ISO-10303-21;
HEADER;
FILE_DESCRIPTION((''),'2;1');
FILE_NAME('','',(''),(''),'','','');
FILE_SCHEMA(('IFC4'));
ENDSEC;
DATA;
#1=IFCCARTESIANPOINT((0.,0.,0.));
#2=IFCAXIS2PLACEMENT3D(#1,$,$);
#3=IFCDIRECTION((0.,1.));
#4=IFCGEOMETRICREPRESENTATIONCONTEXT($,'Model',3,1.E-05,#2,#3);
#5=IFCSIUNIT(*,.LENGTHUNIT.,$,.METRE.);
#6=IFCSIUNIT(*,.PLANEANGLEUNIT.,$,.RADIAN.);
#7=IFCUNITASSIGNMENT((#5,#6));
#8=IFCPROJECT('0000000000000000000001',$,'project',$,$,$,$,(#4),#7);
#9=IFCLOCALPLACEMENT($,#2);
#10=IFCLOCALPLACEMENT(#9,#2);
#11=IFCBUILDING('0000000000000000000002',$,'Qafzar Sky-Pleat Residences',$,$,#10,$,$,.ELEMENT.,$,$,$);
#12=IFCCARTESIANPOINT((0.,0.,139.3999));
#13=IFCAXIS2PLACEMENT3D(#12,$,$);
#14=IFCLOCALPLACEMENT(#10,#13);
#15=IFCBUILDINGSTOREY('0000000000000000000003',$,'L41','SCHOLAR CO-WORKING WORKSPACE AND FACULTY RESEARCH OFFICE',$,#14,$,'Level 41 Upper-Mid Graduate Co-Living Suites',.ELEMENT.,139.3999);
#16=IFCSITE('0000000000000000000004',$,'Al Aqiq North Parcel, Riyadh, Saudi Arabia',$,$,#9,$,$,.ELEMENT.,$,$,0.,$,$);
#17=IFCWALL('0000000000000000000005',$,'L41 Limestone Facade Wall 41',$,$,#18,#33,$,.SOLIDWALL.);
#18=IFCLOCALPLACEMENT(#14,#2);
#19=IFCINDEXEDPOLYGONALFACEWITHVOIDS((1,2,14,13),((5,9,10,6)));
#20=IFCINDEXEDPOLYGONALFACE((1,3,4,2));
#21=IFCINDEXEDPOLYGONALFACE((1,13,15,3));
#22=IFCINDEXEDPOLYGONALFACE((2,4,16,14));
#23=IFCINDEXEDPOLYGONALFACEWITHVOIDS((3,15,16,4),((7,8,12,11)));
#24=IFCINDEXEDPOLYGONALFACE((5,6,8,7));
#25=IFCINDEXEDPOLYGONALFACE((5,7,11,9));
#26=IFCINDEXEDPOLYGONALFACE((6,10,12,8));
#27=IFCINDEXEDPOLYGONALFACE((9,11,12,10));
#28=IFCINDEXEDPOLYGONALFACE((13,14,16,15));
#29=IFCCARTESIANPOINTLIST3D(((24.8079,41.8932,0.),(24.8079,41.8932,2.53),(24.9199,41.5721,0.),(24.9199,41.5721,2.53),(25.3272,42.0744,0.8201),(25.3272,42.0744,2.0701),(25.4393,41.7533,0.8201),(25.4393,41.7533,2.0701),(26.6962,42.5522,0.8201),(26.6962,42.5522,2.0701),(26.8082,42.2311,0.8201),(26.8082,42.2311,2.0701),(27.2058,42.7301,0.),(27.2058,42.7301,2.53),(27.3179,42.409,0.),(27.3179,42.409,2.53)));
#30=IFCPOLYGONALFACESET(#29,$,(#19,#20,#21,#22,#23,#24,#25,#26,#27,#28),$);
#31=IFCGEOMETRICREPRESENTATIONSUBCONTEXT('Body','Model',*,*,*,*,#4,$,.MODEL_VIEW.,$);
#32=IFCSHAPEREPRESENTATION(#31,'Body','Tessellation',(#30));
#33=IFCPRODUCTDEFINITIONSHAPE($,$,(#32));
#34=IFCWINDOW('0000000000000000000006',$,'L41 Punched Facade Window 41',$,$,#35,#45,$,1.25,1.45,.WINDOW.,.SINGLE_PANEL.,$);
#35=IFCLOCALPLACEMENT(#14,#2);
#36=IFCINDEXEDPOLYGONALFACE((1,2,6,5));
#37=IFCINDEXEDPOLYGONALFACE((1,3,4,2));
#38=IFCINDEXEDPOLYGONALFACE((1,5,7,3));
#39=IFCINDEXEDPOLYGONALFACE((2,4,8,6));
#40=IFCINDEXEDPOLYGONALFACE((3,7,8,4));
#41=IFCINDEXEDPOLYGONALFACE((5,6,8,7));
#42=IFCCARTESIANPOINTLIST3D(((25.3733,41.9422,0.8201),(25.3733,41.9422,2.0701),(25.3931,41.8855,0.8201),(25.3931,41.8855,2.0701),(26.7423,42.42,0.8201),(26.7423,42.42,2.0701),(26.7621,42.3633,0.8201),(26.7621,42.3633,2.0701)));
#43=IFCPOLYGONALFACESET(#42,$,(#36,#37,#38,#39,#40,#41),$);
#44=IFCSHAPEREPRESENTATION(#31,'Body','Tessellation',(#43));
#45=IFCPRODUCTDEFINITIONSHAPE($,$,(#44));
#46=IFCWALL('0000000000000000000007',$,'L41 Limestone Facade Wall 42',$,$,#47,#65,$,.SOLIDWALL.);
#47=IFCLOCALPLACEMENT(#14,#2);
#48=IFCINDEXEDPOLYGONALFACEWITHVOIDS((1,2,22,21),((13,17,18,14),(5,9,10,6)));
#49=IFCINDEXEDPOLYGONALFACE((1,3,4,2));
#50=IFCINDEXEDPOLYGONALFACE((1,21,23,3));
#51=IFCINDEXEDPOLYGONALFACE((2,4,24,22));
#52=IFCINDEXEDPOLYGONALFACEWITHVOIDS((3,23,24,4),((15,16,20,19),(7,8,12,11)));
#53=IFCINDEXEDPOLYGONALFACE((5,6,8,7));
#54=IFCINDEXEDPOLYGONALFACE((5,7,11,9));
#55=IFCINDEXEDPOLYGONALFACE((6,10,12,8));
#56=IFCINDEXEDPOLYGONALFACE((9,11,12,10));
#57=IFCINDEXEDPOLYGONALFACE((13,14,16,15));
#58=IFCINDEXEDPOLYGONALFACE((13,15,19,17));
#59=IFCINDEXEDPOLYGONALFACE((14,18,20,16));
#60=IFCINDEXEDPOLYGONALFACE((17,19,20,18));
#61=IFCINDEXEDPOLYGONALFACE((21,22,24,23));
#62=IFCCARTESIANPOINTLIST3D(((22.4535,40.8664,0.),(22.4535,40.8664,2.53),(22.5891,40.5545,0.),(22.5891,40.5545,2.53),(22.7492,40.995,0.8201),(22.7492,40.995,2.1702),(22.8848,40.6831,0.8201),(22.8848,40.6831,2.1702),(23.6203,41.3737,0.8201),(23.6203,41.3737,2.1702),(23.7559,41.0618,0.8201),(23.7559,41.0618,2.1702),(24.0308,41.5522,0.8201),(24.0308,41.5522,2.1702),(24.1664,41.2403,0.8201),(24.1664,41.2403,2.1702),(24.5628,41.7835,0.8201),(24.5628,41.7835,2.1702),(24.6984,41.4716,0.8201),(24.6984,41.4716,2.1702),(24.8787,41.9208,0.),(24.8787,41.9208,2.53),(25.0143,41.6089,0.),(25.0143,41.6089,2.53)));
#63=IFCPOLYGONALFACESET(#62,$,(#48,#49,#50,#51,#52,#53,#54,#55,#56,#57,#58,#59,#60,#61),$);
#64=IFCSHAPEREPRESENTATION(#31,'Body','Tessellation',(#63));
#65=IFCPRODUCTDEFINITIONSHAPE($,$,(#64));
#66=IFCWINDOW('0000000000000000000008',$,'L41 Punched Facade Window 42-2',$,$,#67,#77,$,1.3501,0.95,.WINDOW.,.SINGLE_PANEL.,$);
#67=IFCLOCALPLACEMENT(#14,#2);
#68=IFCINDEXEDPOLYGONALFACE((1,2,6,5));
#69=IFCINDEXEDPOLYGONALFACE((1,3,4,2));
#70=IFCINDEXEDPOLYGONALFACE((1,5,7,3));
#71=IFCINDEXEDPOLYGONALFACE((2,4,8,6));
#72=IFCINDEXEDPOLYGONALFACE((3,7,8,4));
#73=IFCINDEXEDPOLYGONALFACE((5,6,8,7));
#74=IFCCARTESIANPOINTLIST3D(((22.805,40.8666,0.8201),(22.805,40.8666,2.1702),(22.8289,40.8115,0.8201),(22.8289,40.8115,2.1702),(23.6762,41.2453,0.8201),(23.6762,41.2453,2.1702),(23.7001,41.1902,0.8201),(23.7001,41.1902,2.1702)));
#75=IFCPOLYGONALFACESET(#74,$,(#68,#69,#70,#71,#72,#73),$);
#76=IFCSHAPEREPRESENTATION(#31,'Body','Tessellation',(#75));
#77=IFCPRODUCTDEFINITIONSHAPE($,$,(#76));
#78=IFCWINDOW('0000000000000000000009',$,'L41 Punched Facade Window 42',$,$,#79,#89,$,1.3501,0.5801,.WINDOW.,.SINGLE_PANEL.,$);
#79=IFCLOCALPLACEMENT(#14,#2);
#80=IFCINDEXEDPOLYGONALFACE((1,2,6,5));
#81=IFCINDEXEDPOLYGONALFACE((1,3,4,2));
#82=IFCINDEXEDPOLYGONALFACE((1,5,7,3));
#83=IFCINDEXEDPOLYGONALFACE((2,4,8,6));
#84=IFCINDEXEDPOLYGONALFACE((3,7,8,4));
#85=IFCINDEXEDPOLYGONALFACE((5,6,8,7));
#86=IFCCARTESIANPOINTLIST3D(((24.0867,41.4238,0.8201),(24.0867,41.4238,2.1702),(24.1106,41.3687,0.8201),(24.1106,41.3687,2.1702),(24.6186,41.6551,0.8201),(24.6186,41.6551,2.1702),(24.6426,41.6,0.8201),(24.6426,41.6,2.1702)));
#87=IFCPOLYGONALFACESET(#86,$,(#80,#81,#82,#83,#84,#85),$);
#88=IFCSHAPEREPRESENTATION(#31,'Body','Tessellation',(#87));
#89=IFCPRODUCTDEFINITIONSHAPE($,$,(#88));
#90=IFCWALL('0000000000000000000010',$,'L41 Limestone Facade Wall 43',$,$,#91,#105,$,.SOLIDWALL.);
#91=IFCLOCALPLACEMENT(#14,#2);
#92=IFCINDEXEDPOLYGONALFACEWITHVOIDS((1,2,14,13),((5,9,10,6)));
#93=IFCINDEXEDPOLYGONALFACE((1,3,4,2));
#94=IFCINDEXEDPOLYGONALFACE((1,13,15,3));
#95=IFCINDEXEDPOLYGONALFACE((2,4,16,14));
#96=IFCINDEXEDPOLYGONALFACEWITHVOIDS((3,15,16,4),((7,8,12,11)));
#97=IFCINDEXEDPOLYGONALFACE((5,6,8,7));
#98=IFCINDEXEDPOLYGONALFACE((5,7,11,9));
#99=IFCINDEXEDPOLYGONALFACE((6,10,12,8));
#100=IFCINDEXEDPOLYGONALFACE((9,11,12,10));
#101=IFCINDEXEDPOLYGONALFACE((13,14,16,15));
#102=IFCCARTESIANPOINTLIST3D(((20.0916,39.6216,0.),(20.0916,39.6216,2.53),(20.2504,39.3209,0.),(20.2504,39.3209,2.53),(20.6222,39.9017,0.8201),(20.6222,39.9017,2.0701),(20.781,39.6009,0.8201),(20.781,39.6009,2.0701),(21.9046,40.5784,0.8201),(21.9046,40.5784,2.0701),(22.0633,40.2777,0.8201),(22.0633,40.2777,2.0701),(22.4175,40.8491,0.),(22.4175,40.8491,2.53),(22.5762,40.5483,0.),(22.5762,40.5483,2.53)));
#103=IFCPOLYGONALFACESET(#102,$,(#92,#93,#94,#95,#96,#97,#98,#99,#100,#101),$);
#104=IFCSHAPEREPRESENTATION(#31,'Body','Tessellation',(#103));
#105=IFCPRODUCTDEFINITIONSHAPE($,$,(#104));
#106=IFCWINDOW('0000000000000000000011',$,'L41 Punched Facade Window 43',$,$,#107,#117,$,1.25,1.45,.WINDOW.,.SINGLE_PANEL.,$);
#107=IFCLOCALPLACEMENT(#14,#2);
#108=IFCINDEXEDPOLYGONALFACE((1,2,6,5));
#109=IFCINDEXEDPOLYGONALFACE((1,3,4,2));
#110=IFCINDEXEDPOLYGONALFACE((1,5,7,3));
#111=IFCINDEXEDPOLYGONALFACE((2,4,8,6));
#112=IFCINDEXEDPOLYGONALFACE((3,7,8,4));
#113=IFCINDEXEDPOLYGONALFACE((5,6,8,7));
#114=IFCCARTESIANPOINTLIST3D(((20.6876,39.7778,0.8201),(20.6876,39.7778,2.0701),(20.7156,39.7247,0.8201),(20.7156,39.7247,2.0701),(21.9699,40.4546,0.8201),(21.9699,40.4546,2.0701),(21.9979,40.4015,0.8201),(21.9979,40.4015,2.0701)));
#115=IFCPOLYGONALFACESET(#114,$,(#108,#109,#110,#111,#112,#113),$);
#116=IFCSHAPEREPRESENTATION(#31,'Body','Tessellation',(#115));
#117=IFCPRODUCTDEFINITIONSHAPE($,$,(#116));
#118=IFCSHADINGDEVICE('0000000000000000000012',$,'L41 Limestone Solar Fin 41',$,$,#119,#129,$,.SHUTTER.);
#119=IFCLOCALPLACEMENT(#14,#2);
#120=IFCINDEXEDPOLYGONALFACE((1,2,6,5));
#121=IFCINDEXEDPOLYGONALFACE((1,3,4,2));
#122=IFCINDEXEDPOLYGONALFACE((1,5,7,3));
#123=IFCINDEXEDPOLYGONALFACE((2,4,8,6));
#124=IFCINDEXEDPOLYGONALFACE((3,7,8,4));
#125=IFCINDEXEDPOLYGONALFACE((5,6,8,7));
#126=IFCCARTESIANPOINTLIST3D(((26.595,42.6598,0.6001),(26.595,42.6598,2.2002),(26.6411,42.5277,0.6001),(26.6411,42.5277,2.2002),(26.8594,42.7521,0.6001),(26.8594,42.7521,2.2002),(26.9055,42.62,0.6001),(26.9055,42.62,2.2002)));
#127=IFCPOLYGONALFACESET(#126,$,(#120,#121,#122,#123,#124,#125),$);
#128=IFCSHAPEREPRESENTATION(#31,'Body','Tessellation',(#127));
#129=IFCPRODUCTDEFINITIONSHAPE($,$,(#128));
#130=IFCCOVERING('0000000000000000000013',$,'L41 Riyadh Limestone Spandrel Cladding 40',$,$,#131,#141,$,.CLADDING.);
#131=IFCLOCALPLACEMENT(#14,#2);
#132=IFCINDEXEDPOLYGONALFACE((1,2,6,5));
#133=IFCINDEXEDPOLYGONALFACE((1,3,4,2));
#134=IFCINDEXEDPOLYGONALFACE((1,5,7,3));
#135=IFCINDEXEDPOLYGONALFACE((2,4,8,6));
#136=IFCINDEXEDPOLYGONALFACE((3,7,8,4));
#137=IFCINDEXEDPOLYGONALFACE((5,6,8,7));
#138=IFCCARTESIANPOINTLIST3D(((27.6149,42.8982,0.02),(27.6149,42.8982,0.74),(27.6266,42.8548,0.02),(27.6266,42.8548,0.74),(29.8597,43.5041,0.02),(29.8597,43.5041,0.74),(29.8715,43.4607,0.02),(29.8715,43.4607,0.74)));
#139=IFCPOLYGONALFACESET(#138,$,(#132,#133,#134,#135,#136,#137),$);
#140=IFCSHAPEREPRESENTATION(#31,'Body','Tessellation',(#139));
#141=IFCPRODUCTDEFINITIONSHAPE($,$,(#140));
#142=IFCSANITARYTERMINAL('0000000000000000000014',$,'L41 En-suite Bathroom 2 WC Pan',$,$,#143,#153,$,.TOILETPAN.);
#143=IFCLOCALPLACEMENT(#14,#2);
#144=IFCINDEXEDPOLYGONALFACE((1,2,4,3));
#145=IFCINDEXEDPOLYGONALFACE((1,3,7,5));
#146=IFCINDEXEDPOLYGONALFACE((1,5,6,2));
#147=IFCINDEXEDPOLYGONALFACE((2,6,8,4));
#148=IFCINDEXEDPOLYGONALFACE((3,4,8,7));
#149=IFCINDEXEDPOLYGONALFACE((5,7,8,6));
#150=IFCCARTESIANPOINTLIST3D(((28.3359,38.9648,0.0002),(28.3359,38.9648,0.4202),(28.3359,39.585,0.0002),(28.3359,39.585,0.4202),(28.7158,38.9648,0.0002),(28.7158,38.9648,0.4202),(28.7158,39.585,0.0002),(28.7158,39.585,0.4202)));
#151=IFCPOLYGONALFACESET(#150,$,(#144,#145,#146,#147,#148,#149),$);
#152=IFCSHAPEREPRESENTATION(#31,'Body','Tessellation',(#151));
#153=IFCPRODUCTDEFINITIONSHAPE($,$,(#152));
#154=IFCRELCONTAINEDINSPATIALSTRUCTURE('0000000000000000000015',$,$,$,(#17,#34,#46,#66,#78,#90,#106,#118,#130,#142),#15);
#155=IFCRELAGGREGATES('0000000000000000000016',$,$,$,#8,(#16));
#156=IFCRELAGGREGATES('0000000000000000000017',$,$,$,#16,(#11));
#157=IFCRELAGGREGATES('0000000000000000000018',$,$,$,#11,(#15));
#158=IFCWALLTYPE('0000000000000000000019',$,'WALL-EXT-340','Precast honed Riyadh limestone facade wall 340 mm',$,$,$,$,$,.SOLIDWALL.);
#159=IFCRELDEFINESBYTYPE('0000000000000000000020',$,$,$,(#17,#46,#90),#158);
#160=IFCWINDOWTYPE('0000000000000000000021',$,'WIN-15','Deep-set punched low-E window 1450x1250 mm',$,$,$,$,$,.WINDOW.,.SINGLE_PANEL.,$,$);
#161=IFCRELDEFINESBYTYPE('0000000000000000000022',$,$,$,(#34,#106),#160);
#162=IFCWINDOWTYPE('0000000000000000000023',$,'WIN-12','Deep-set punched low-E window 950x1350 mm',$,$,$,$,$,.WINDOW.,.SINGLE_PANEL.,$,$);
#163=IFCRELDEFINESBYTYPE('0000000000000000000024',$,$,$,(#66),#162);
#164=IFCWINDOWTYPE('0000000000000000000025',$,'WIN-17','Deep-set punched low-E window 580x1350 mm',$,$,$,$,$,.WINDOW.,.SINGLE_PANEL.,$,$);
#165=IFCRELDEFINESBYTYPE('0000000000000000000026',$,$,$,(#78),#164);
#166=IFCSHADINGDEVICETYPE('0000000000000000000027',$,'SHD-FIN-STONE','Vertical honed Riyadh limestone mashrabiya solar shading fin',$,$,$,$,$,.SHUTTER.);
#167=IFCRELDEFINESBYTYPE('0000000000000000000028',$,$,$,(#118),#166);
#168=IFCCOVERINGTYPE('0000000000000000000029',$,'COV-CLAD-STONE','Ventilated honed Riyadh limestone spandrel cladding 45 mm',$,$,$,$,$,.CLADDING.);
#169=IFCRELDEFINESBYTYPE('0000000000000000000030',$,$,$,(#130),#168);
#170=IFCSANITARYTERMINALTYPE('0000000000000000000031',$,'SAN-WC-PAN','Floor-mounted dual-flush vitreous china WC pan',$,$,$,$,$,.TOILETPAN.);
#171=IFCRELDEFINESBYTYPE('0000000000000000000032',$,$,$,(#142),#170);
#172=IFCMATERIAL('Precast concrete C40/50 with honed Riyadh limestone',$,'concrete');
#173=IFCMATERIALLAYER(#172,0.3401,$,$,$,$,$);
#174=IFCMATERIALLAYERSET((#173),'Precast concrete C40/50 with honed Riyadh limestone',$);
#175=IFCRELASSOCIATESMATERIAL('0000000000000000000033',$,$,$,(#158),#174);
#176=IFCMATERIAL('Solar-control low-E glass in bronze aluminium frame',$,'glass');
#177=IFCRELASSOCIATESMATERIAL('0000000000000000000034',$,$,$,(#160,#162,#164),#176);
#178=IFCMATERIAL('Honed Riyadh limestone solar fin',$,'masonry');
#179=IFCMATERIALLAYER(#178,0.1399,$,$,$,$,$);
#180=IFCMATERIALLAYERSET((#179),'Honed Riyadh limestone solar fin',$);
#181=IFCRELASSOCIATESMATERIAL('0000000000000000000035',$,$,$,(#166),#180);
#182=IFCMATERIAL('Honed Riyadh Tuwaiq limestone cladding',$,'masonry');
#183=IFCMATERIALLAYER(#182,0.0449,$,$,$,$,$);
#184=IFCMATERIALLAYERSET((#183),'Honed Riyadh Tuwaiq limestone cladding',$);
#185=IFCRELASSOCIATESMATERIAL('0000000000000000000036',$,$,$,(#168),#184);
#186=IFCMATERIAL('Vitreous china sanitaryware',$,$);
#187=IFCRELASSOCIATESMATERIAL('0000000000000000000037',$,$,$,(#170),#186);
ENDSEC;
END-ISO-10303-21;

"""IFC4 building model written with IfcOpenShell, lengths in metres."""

from ifc_helpers import new_model, si_unit, direction, frame, frame_2d, origin, origin_2d, place, context, subcontext, project, spatial, rectangle, extrude, source, transform, mapped, material, layer, layer_set, type_object, element, fill, save


model = new_model("IFC4")

# Units and contexts
model_context = context("Model", 3, precision=1e-05, world=origin(), true_north=direction((0.0, 1.0)))
body_context = subcontext(model_context, "Body", "Model", "MODEL_VIEW")
ifc_project = project(units=[si_unit("LENGTHUNIT", "METRE"), si_unit("PLANEANGLEUNIT", "RADIAN")], contexts=[model_context])

# Site, building, storey
site_placement = place(None, origin())
site = spatial("IfcSite", under=ifc_project, at=site_placement, Name="Al Aqiq North Parcel, Riyadh, Saudi Arabia", CompositionType="ELEMENT", RefElevation=0.0)
building_placement = place(site_placement, origin())
building = spatial("IfcBuilding", under=site, at=building_placement, Name="Qafzar Sky-Pleat Residences", CompositionType="ELEMENT")
storey_placement = place(building_placement, frame((0.0, 0.0, 139.3999)))
storey = spatial("IfcBuildingStorey", under=building, at=storey_placement, Name="L41", Description="SCHOLAR CO-WORKING WORKSPACE AND FACULTY RESEARCH OFFICE", LongName="Level 41 Upper-Mid Graduate Co-Living Suites", CompositionType="ELEMENT", Elevation=139.3999)

# Wall, opening, window
ifc_material_1 = material(Name="Precast concrete C40/50 with honed Riyadh limestone", Category="concrete")
ifc_layer_1 = layer(ifc_material_1, 0.3401)
ifc_layer_set_1 = layer_set([ifc_layer_1], Name="Precast concrete C40/50 with honed Riyadh limestone")
wall_type_1 = type_object("IfcWallType", Name="WALL-EXT-340", Description="Precast honed Riyadh limestone facade wall 340 mm", PredefinedType="SOLIDWALL", material=ifc_layer_set_1)
wall_1_placement = place(storey_placement, frame((27.262, 42.5696, 0.0), z_axis=(0.0, 0.0, 1.0), x_axis=(-0.944149, -0.32952, 0.0)))
wall_1 = element("IfcWall", 1, at=wall_1_placement, inside=storey, type_object=wall_type_1, Name="L41 Limestone Facade Wall 41", PredefinedType="SOLIDWALL", context=body_context, shape_type="SweptSolid", body=[
    extrude(rectangle(XDim=2.5398, YDim=0.3401, at=frame_2d((1.27, 0.0))), origin(), (0.0, 0.0, 1.0), 2.53),
])
opening_1_placement = place(wall_1_placement, frame((0.5398, 0.0, 0.8201)))
opening_1 = element("IfcOpeningElement", 2, at=opening_1_placement, cuts=wall_1, PredefinedType="OPENING", context=body_context, shape_type="SweptSolid", body=[
    extrude(rectangle(XDim=1.45, YDim=1.25, at=frame_2d((0.7251, 0.625))), frame((0.0, 0.1802, 0.0), z_axis=(0.0, -1.0, 0.0), x_axis=(1.0, 0.0, 0.0)), (0.0, 0.0, 1.0), 0.3601),
])
ifc_material_2 = material(Name="Solar-control low-E glass in bronze aluminium frame", Category="glass")
window_type_1 = type_object("IfcWindowType", Name="WIN-15", Description="Deep-set punched low-E window 1450x1250 mm", PartitioningType="SINGLE_PANEL", PredefinedType="WINDOW", material=ifc_material_2)
shared_shape_1 = source(origin(), body_context, "Body", "SweptSolid", [
    extrude(rectangle(XDim=1.45, YDim=1.25, at=frame_2d((0.7251, 0.625))), frame((0.0, 0.03, 0.0), z_axis=(0.0, -1.0, 0.0), x_axis=(1.0, 0.0, 0.0)), (0.0, 0.0, 1.0), 0.0601),
])
window_1_placement = place(opening_1_placement, origin())
window_1 = element("IfcWindow", 3, at=window_1_placement, inside=storey, type_object=window_type_1, Name="L41 Punched Facade Window 41", OverallHeight=1.25, OverallWidth=1.45, PartitioningType="SINGLE_PANEL", PredefinedType="WINDOW", context=body_context, shape_type="MappedRepresentation", body=[
    mapped(shared_shape_1, transform((0.0, 0.0, 0.0), x_axis=(1.0, 0.0, 0.0), y_axis=(0.0, 1.0, 0.0), z_axis=(0.0, 0.0, 1.0), scale=1.0)),
])
fill(opening_1, window_1)

# Wall, openings, windows
wall_2_placement = place(storey_placement, frame((24.9465, 41.7649, 0.0), z_axis=(0.0, 0.0, 1.0), x_axis=(-0.917074, -0.398716, 0.0)))
wall_2 = element("IfcWall", 4, at=wall_2_placement, inside=storey, type_object=wall_type_1, Name="L41 Limestone Facade Wall 42", PredefinedType="SOLIDWALL", context=body_context, shape_type="SweptSolid", body=[
    extrude(rectangle(XDim=2.6445, YDim=0.3401, at=frame_2d((1.3223, 0.0))), origin(), (0.0, 0.0, 1.0), 2.53),
])
opening_2_placement = place(wall_2_placement, frame((0.3445, 0.0, 0.8201)))
opening_2 = element("IfcOpeningElement", 5, at=opening_2_placement, cuts=wall_2, PredefinedType="OPENING", context=body_context, shape_type="SweptSolid", body=[
    extrude(rectangle(XDim=0.5801, YDim=1.3501, at=frame_2d((0.29, 0.675))), frame((0.0, 0.1802, 0.0), z_axis=(0.0, -1.0, 0.0), x_axis=(1.0, 0.0, 0.0)), (0.0, 0.0, 1.0), 0.3601),
])
opening_3_placement = place(wall_2_placement, frame((1.3721, 0.0, 0.8201)))
opening_3 = element("IfcOpeningElement", 6, at=opening_3_placement, cuts=wall_2, PredefinedType="OPENING", context=body_context, shape_type="SweptSolid", body=[
    extrude(rectangle(XDim=0.95, YDim=1.3501, at=frame_2d((0.4751, 0.675))), frame((0.0, 0.1802, 0.0), z_axis=(0.0, -1.0, 0.0), x_axis=(1.0, 0.0, 0.0)), (0.0, 0.0, 1.0), 0.3601),
])
window_type_2 = type_object("IfcWindowType", Name="WIN-12", Description="Deep-set punched low-E window 950x1350 mm", PartitioningType="SINGLE_PANEL", PredefinedType="WINDOW", material=ifc_material_2)
shared_shape_2 = source(origin(), body_context, "Body", "SweptSolid", [
    extrude(rectangle(XDim=0.95, YDim=1.3501, at=frame_2d((0.4751, 0.675))), frame((0.0, 0.03, 0.0), z_axis=(0.0, -1.0, 0.0), x_axis=(1.0, 0.0, 0.0)), (0.0, 0.0, 1.0), 0.0601),
])
window_2_placement = place(opening_3_placement, origin())
window_2 = element("IfcWindow", 7, at=window_2_placement, inside=storey, type_object=window_type_2, Name="L41 Punched Facade Window 42-2", OverallHeight=1.3501, OverallWidth=0.95, PartitioningType="SINGLE_PANEL", PredefinedType="WINDOW", context=body_context, shape_type="MappedRepresentation", body=[
    mapped(shared_shape_2, transform((0.0, 0.0, 0.0), x_axis=(1.0, 0.0, 0.0), y_axis=(0.0, 1.0, 0.0), z_axis=(0.0, 0.0, 1.0), scale=1.0)),
])
fill(opening_3, window_2)
window_type_3 = type_object("IfcWindowType", Name="WIN-17", Description="Deep-set punched low-E window 580x1350 mm", PartitioningType="SINGLE_PANEL", PredefinedType="WINDOW", material=ifc_material_2)
shared_shape_3 = source(origin(), body_context, "Body", "SweptSolid", [
    extrude(rectangle(XDim=0.5801, YDim=1.3501, at=frame_2d((0.29, 0.675))), frame((0.0, 0.03, 0.0), z_axis=(0.0, -1.0, 0.0), x_axis=(1.0, 0.0, 0.0)), (0.0, 0.0, 1.0), 0.0601),
])
window_3_placement = place(opening_2_placement, origin())
window_3 = element("IfcWindow", 8, at=window_3_placement, inside=storey, type_object=window_type_3, Name="L41 Punched Facade Window 42", OverallHeight=1.3501, OverallWidth=0.5801, PartitioningType="SINGLE_PANEL", PredefinedType="WINDOW", context=body_context, shape_type="MappedRepresentation", body=[
    mapped(shared_shape_3, transform((0.0, 0.0, 0.0), x_axis=(1.0, 0.0, 0.0), y_axis=(0.0, 1.0, 0.0), z_axis=(0.0, 0.0, 1.0), scale=1.0)),
])
fill(opening_2, window_3)

# Wall, opening, window
wall_3_placement = place(storey_placement, frame((22.4968, 40.6987, 0.0), z_axis=(0.0, 0.0, 1.0), x_axis=(-0.88439, -0.466749, 0.0)))
wall_3 = element("IfcWall", 9, at=wall_3_placement, inside=storey, type_object=wall_type_1, Name="L41 Limestone Facade Wall 43", PredefinedType="SOLIDWALL", context=body_context, shape_type="SweptSolid", body=[
    extrude(rectangle(XDim=2.6299, YDim=0.3401, at=frame_2d((1.3149, 0.0))), origin(), (0.0, 0.0, 1.0), 2.53),
])
opening_4_placement = place(wall_3_placement, frame((0.5798, 0.0, 0.8201)))
opening_4 = element("IfcOpeningElement", 10, at=opening_4_placement, cuts=wall_3, PredefinedType="OPENING", context=body_context, shape_type="SweptSolid", body=[
    extrude(rectangle(XDim=1.45, YDim=1.25, at=frame_2d((0.7251, 0.625))), frame((0.0, 0.1802, 0.0), z_axis=(0.0, -1.0, 0.0), x_axis=(1.0, 0.0, 0.0)), (0.0, 0.0, 1.0), 0.3601),
])
window_4_placement = place(opening_4_placement, origin())
window_4 = element("IfcWindow", 11, at=window_4_placement, inside=storey, type_object=window_type_1, Name="L41 Punched Facade Window 43", OverallHeight=1.25, OverallWidth=1.45, PartitioningType="SINGLE_PANEL", PredefinedType="WINDOW", context=body_context, shape_type="MappedRepresentation", body=[
    mapped(shared_shape_1, transform((0.0, 0.0, 0.0), x_axis=(1.0, 0.0, 0.0), y_axis=(0.0, 1.0, 0.0), z_axis=(0.0, 0.0, 1.0), scale=1.0)),
])
fill(opening_4, window_4)

# Shading device
ifc_material_3 = material(Name="Honed Riyadh limestone solar fin", Category="masonry")
ifc_layer_2 = layer(ifc_material_3, 0.1399)
ifc_layer_set_2 = layer_set([ifc_layer_2], Name="Honed Riyadh limestone solar fin")
shading_device_type = type_object("IfcShadingDeviceType", Name="SHD-FIN-STONE", Description="Vertical honed Riyadh limestone mashrabiya solar shading fin", PredefinedType="SHUTTER", material=ifc_layer_set_2)
shared_shape_4 = source(origin(), body_context, "Body", "SweptSolid", [
    extrude(rectangle(XDim=0.1399, YDim=0.28, at=origin_2d()), origin(), (0.0, 0.0, 1.0), 1.6001),
])
shading_device_placement = place(storey_placement, frame((26.7502, 42.6399, 0.6001), z_axis=(0.0, 0.0, 1.0), x_axis=(-0.329556, 0.944136, 0.0)))
element("IfcShadingDevice", 12, at=shading_device_placement, inside=storey, type_object=shading_device_type, Name="L41 Limestone Solar Fin 41", PredefinedType="SHUTTER", context=body_context, shape_type="MappedRepresentation", body=[
    mapped(shared_shape_4, transform((0.0, 0.0, 0.0), x_axis=(1.0, 0.0, 0.0), y_axis=(0.0, 1.0, 0.0), z_axis=(0.0, 0.0, 1.0), scale=1.0)),
])

# Covering
ifc_material_4 = material(Name="Honed Riyadh Tuwaiq limestone cladding", Category="masonry")
ifc_layer_3 = layer(ifc_material_4, 0.0449)
ifc_layer_set_3 = layer_set([ifc_layer_3], Name="Honed Riyadh Tuwaiq limestone cladding")
covering_type = type_object("IfcCoveringType", Name="COV-CLAD-STONE", Description="Ventilated honed Riyadh limestone spandrel cladding 45 mm", PredefinedType="CLADDING", material=ifc_layer_set_3)
shared_shape_5 = source(origin(), body_context, "Body", "SweptSolid", [
    extrude(rectangle(XDim=2.3252, YDim=0.0449, at=origin_2d()), origin(), (0.0, 0.0, 1.0), 0.72),
])
covering_placement = place(storey_placement, frame((28.7432, 43.1794, 0.02), z_axis=(0.0, 0.0, 1.0), x_axis=(-0.965455, -0.260572, 0.0)))
element("IfcCovering", 13, at=covering_placement, inside=storey, type_object=covering_type, Name="L41 Riyadh Limestone Spandrel Cladding 40", PredefinedType="CLADDING", context=body_context, shape_type="MappedRepresentation", body=[
    mapped(shared_shape_5, transform((0.0, 0.0, 0.0), x_axis=(1.0, 0.0, 0.0), y_axis=(0.0, 1.0, 0.0), z_axis=(0.0, 0.0, 1.0), scale=1.0)),
])

# Sanitary terminal
ifc_material_5 = material(Name="Vitreous china sanitaryware")
sanitary_terminal_type_1 = type_object("IfcSanitaryTerminalType", Name="SAN-WC-PAN", Description="Floor-mounted dual-flush vitreous china WC pan", PredefinedType="TOILETPAN", material=ifc_material_5)
shared_shape_6 = source(origin(), body_context, "Body", "SweptSolid", [
    extrude(rectangle(XDim=0.3799, YDim=0.6201, at=origin_2d()), origin(), (0.0, 0.0, 1.0), 0.4199),
])
sanitary_terminal_1_placement = place(storey_placement, frame((28.5259, 39.2749, 0.0002), z_axis=(0.0, 0.0, 1.0), x_axis=(1.0, 0.0, 0.0)))
element("IfcSanitaryTerminal", 14, at=sanitary_terminal_1_placement, inside=storey, type_object=sanitary_terminal_type_1, Name="L41 En-suite Bathroom 2 WC Pan", PredefinedType="TOILETPAN", context=body_context, shape_type="MappedRepresentation", body=[
    mapped(shared_shape_6, transform((0.0, 0.0, 0.0), x_axis=(1.0, 0.0, 0.0), y_axis=(0.0, 1.0, 0.0), z_axis=(0.0, 0.0, 1.0), scale=1.0)),
])

save(model, "model.ifc")
